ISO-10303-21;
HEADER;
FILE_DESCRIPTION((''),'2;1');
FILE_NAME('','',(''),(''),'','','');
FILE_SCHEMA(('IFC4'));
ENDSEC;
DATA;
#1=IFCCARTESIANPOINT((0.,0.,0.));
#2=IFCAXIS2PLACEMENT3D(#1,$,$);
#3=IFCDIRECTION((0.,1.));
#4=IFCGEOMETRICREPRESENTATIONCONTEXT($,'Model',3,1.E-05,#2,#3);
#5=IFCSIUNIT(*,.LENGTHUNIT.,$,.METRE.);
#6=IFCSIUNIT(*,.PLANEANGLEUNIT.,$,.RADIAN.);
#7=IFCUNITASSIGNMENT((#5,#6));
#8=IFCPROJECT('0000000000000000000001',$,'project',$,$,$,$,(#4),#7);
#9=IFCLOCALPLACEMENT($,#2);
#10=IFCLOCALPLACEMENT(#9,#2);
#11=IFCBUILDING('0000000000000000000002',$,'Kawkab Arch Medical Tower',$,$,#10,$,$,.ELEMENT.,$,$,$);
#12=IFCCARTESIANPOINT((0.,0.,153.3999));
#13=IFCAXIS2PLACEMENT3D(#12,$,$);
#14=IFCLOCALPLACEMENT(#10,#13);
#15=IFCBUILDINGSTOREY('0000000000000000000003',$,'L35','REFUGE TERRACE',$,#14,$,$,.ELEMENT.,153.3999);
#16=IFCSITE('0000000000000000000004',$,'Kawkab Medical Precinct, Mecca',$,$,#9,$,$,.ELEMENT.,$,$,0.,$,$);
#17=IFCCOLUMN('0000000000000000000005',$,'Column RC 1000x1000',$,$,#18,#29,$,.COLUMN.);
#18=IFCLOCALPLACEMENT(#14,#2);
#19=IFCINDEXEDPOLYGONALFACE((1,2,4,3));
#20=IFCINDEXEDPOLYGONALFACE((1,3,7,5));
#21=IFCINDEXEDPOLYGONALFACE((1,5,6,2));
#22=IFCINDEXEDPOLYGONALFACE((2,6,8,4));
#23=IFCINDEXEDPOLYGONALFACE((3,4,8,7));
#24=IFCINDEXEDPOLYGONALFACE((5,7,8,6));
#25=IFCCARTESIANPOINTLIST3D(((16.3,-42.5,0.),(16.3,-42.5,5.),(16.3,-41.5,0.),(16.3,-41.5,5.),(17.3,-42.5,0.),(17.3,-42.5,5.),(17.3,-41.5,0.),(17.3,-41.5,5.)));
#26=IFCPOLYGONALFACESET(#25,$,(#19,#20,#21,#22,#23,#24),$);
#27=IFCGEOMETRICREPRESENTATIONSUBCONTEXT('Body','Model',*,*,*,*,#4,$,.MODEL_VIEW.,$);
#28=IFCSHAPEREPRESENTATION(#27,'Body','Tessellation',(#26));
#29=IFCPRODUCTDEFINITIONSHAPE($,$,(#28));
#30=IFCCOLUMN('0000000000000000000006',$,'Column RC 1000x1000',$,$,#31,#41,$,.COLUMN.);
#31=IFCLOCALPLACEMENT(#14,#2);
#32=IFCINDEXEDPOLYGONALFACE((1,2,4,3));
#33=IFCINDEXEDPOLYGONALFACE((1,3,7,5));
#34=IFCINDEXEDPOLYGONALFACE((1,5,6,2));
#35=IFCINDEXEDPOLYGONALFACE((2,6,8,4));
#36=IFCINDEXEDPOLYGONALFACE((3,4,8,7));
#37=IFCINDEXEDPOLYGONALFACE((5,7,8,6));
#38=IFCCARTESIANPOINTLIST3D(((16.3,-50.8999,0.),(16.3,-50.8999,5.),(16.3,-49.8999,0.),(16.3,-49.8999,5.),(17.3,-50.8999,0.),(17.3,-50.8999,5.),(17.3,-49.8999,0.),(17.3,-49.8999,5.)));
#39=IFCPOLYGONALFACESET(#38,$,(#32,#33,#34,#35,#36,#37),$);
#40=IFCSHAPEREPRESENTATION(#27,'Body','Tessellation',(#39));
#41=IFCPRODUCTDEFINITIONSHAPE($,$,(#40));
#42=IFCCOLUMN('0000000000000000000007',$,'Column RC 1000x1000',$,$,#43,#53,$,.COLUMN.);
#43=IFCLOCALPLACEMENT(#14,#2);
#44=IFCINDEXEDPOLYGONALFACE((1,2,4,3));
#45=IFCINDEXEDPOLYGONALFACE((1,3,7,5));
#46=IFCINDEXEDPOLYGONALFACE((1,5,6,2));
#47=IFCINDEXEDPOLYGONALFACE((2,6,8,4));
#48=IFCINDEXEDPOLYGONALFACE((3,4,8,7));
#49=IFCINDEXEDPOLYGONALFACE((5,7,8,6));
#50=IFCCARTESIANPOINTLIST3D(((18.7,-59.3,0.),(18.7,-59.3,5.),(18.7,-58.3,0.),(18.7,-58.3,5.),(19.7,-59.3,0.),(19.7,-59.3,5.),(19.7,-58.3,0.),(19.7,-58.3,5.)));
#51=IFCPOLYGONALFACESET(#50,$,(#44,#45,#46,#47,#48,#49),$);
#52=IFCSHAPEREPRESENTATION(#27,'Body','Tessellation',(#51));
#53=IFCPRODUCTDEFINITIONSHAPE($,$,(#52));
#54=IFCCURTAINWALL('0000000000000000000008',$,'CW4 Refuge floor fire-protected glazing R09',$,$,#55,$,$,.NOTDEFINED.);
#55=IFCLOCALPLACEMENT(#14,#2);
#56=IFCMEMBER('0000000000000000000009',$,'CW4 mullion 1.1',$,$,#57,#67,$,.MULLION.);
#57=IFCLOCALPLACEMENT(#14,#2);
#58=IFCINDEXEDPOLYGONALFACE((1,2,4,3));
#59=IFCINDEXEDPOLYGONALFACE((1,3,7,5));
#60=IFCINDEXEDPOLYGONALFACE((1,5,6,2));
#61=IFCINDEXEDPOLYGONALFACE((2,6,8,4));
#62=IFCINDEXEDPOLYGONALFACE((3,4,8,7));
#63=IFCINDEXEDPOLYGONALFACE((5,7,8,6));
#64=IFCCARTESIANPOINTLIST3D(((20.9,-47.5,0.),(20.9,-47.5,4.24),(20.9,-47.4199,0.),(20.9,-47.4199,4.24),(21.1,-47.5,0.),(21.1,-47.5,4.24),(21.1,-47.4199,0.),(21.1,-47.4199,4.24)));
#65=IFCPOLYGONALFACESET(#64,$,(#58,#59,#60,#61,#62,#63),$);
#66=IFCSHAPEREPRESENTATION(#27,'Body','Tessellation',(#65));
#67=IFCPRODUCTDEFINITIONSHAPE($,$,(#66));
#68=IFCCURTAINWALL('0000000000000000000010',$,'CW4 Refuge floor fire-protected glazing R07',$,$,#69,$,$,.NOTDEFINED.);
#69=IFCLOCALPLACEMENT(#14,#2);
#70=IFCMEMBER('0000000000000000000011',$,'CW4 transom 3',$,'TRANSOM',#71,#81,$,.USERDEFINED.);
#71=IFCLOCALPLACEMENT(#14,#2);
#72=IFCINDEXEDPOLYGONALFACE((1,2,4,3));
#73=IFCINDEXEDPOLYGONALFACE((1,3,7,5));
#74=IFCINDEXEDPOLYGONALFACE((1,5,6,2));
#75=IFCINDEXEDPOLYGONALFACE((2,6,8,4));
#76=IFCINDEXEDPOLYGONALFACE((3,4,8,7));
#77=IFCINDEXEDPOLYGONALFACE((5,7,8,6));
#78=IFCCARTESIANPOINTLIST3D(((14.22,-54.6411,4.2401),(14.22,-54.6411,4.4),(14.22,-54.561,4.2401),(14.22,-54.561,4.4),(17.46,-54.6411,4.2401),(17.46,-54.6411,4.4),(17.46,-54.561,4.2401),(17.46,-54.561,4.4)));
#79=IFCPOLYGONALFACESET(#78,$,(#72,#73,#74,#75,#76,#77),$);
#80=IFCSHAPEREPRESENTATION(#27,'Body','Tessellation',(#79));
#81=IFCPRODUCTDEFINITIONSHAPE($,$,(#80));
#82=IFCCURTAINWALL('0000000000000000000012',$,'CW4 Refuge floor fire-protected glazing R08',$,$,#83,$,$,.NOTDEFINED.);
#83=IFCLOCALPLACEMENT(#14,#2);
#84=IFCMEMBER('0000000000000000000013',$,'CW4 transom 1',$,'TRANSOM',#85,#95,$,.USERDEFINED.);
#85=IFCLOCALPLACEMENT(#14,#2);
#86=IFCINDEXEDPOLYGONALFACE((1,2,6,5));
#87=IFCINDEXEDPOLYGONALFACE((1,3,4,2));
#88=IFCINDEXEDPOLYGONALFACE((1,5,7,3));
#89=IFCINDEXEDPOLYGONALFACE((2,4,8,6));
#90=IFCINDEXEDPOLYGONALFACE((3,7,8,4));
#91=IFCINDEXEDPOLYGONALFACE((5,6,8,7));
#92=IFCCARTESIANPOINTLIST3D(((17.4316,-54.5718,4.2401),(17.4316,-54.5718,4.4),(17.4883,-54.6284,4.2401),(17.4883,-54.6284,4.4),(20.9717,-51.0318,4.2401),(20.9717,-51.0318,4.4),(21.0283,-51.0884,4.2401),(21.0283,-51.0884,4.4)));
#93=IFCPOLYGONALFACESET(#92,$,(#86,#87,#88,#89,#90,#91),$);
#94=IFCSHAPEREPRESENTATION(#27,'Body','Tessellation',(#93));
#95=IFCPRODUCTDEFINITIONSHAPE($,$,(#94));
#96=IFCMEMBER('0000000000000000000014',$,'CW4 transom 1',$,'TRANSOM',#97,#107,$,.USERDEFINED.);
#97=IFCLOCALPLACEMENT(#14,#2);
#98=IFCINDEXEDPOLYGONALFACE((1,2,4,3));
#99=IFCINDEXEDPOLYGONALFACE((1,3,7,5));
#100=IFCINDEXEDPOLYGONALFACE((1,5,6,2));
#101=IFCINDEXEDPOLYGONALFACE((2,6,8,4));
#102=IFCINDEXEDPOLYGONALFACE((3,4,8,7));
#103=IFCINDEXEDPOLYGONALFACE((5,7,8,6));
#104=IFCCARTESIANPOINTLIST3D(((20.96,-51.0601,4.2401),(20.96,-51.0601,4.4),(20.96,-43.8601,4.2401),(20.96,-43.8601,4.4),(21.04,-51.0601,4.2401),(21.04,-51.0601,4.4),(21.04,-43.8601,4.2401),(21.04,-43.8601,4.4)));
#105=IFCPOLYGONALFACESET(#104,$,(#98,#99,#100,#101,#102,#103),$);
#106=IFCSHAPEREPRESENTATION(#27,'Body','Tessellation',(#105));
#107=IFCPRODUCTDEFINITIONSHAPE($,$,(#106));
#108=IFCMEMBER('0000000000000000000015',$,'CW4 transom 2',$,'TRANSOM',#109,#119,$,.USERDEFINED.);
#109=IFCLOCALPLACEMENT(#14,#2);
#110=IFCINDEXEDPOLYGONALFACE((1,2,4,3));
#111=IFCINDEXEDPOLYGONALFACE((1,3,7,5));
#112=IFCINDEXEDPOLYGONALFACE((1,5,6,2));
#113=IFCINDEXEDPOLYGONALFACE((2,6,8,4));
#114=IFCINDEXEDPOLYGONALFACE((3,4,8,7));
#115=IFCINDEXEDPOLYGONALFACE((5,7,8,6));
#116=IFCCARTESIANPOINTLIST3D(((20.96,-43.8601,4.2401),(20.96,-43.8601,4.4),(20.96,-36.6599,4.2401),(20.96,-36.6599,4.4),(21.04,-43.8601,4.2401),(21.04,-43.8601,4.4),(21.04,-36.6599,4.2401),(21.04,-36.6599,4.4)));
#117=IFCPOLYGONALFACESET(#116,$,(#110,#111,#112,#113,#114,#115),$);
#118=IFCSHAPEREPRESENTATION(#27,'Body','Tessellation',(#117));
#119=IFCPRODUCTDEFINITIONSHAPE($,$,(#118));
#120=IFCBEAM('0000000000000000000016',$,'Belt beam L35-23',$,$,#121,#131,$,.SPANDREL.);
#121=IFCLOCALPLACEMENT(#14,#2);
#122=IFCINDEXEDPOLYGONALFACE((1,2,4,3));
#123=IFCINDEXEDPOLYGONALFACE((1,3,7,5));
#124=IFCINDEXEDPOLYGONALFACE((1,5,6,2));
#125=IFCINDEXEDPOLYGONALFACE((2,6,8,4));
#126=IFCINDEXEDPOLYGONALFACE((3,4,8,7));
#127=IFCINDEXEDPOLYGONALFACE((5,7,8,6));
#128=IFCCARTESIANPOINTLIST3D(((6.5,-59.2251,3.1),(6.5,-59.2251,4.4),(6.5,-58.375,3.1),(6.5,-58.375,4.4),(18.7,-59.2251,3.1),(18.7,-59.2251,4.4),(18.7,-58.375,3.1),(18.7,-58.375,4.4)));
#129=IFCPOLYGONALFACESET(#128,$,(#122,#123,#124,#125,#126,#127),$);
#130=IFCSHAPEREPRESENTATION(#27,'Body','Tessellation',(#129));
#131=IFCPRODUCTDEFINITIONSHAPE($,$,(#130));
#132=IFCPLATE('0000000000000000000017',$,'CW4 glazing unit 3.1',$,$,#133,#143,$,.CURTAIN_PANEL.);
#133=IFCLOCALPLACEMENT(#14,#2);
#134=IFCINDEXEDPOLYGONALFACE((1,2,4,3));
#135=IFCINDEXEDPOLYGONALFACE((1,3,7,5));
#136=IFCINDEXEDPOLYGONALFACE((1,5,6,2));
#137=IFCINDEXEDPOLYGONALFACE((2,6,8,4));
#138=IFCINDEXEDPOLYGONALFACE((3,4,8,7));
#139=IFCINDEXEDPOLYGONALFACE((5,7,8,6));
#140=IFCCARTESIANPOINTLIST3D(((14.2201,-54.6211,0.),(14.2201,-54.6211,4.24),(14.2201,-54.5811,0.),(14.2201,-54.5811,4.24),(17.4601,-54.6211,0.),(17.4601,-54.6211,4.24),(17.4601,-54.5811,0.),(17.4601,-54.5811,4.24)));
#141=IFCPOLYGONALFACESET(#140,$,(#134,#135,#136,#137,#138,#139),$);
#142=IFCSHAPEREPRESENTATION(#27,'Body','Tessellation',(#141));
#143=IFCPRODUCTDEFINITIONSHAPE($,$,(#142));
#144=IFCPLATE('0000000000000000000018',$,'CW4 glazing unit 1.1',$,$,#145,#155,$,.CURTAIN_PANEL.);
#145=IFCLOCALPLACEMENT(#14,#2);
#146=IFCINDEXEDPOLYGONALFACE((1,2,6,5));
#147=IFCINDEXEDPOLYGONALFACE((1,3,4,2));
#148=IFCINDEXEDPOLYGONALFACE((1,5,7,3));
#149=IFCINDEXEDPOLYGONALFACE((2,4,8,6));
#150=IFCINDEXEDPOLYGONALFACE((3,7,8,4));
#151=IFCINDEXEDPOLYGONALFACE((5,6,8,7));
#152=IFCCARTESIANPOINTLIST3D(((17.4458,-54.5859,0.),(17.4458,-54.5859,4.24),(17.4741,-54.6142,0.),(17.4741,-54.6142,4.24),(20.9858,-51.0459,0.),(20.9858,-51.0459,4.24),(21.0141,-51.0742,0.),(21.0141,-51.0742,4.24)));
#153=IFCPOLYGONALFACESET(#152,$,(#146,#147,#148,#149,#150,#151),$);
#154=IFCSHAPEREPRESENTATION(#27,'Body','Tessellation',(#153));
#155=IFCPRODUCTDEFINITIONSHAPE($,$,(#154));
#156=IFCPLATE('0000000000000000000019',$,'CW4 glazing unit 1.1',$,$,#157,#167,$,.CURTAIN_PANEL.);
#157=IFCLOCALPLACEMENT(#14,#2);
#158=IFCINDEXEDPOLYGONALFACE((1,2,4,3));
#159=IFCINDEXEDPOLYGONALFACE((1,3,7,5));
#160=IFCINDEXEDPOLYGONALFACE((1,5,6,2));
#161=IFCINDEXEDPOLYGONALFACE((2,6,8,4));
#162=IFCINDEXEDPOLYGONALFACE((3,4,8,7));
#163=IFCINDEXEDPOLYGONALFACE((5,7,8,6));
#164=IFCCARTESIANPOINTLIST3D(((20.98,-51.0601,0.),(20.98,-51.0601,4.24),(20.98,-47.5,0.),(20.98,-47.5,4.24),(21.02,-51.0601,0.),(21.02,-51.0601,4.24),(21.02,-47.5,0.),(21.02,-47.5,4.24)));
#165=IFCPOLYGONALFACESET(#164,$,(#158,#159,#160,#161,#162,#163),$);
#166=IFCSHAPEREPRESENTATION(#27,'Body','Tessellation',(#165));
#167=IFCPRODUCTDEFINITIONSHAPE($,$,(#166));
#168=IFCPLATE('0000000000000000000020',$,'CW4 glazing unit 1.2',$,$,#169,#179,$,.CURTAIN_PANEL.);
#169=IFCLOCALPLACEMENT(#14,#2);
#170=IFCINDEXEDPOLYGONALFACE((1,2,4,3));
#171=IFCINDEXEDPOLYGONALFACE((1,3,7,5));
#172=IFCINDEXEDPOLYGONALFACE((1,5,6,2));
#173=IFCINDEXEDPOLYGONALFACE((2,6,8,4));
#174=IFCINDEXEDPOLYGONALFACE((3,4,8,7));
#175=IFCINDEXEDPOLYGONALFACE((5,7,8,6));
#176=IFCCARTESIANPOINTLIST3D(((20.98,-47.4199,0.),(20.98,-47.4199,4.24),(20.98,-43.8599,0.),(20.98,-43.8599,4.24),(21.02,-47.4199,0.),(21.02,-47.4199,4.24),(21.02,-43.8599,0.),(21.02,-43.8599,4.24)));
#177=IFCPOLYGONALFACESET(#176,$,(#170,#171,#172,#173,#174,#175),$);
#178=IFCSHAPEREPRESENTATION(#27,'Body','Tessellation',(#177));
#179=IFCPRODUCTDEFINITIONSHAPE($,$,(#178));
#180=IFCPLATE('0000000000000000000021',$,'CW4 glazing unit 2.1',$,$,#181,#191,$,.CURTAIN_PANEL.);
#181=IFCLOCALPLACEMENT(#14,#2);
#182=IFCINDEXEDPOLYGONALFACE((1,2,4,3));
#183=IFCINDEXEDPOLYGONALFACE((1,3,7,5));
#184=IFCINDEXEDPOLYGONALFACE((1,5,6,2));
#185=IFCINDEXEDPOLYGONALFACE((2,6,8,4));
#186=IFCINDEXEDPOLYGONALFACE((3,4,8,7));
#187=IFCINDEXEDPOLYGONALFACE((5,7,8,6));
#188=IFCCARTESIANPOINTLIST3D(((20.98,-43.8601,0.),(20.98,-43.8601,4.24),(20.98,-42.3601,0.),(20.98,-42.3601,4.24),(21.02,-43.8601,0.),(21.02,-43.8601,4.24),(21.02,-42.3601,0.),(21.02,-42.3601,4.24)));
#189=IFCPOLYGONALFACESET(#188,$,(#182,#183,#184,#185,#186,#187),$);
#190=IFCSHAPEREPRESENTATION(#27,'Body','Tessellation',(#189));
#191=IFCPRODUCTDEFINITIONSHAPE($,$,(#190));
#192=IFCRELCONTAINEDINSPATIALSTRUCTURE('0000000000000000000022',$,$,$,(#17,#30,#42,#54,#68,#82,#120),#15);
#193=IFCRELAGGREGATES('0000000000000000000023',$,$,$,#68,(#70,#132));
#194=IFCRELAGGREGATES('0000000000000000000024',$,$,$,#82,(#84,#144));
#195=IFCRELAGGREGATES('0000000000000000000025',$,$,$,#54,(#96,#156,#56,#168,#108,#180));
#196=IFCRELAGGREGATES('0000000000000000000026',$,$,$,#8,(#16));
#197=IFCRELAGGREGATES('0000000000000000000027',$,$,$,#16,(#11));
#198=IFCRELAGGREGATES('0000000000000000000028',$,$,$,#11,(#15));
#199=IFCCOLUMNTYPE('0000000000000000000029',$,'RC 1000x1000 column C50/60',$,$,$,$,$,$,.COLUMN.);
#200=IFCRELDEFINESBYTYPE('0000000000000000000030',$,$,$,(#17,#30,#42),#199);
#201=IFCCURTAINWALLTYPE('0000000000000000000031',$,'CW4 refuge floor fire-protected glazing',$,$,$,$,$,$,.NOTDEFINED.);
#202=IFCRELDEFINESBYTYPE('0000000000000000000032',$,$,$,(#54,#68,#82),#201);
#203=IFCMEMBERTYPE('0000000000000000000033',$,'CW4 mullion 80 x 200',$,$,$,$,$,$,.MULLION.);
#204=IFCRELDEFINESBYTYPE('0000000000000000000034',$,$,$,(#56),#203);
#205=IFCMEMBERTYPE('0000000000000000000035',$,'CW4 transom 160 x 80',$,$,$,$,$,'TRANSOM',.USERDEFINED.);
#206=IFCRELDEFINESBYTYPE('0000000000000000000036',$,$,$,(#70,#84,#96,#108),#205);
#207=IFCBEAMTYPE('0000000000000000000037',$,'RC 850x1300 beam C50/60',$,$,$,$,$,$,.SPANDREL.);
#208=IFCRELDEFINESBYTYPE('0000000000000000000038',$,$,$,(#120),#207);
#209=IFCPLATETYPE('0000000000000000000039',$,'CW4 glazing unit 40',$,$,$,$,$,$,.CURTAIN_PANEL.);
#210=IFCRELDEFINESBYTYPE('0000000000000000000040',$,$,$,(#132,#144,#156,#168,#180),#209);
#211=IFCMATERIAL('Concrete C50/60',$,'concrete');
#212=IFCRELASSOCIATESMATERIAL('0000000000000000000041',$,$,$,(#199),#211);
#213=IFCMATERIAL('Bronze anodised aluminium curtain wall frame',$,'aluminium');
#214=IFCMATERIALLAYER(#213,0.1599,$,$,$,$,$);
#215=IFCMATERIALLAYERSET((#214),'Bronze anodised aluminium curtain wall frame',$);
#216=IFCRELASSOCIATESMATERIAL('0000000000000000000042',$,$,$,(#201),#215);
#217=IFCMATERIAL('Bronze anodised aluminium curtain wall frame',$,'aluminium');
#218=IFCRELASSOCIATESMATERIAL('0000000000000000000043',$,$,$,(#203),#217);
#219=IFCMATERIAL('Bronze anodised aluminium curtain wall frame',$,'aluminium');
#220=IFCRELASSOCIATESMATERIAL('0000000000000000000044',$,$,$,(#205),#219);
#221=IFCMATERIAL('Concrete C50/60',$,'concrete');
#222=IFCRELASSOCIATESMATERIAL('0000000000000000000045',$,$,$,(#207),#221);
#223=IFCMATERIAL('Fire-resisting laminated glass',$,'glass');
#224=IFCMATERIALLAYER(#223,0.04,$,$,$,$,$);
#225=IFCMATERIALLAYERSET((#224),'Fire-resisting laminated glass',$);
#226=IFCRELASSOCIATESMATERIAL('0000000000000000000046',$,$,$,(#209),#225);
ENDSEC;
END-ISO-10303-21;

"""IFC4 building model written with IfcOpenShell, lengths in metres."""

from ifc_helpers import new_model, si_unit, direction, frame, origin, origin_2d, place, context, subcontext, project, spatial, rectangle, extrude, material, layer, layer_set, material_profile, profile_set, type_object, element, aggregate, save


model = new_model("IFC4")

# Units and contexts
model_context = context("Model", 3, precision=1e-05, world=origin(), true_north=direction((0.0, 1.0)))
body_context = subcontext(model_context, "Body", "Model", "MODEL_VIEW")
ifc_project = project(units=[si_unit("LENGTHUNIT", "METRE"), si_unit("PLANEANGLEUNIT", "RADIAN")], contexts=[model_context])

# Site, building, storey
site_placement = place(None, origin())
site = spatial("IfcSite", under=ifc_project, at=site_placement, Name="Kawkab Medical Precinct, Mecca", CompositionType="ELEMENT", RefElevation=0.0)
building_placement = place(site_placement, origin())
building = spatial("IfcBuilding", under=site, at=building_placement, Name="Kawkab Arch Medical Tower", CompositionType="ELEMENT")
storey_placement = place(building_placement, frame((0.0, 0.0, 153.3999)))
storey = spatial("IfcBuildingStorey", under=building, at=storey_placement, Name="L35", Description="REFUGE TERRACE", CompositionType="ELEMENT", Elevation=153.3999)

# Columns
ifc_material_1 = material(Name="Concrete C50/60", Category="concrete")
ifc_material_profile_1 = material_profile(ifc_material_1, rectangle(XDim=1.0, YDim=1.0, at=origin_2d()), Name="RC 1000x1000")
ifc_profile_set_1 = profile_set([ifc_material_profile_1], Name="Concrete C50/60")
column_type = type_object("IfcColumnType", Name="RC 1000x1000 column C50/60", PredefinedType="COLUMN", material=ifc_profile_set_1)
for number, where, z_axis, x_axis, name in (
    (1, (16.8, -42.0, 0.0), (0.0, 0.0, 1.0), (1.0, 0.0, 0.0), "Column RC 1000x1000"),
    (2, (16.8, -50.3999, 0.0), (0.0, 0.0, 1.0), (1.0, 0.0, 0.0), "Column RC 1000x1000"),
    (3, (19.2, -58.8, 0.0), (0.0, 0.0, 1.0), (1.0, 0.0, 0.0), "Column RC 1000x1000"),
):
    element("IfcColumn", number, at=place(storey_placement, frame(where, z_axis=z_axis, x_axis=x_axis)), inside=storey, type_object=column_type, Name=name, PredefinedType="COLUMN", context=body_context, shape_type="SweptSolid", body=[
        extrude(rectangle(XDim=1.0, YDim=1.0, at=origin_2d()), origin(), (0.0, 0.0, 1.0), 5.0),
    ])

# Curtain walls, members
ifc_material_2 = material(Name="Bronze anodised aluminium curtain wall frame", Category="aluminium")
ifc_layer_1 = layer(ifc_material_2, 0.1599)
ifc_layer_set_1 = layer_set([ifc_layer_1], Name="Bronze anodised aluminium curtain wall frame")
curtain_wall_type = type_object("IfcCurtainWallType", Name="CW4 refuge floor fire-protected glazing", PredefinedType="NOTDEFINED", material=ifc_layer_set_1)
placement = place(storey_placement, origin())
curtain_wall_1 = element("IfcCurtainWall", 4, at=placement, inside=storey, type_object=curtain_wall_type, Name="CW4 Refuge floor fire-protected glazing R09", PredefinedType="NOTDEFINED")
ifc_material_3 = material(Name="Bronze anodised aluminium curtain wall frame", Category="aluminium")
ifc_material_profile_2 = material_profile(ifc_material_3, rectangle(XDim=0.2, YDim=0.0801, at=origin_2d()), Name="AL 80x200")
ifc_profile_set_2 = profile_set([ifc_material_profile_2], Name="Bronze anodised aluminium curtain wall frame")
member_type_1 = type_object("IfcMemberType", Name="CW4 mullion 80 x 200", PredefinedType="MULLION", material=ifc_profile_set_2)
member_1_placement = place(storey_placement, frame((21.0, -47.46, 0.0), z_axis=(0.0, 0.0, 1.0), x_axis=(-1.0, 0.0, 0.0)))
member_1 = element("IfcMember", 5, at=member_1_placement, type_object=member_type_1, Name="CW4 mullion 1.1", PredefinedType="MULLION", context=body_context, shape_type="SweptSolid", body=[
    extrude(rectangle(XDim=0.2, YDim=0.0801, at=origin_2d()), origin(), (0.0, 0.0, 1.0), 4.24),
])
curtain_wall_2 = element("IfcCurtainWall", 6, at=placement, inside=storey, type_object=curtain_wall_type, Name="CW4 Refuge floor fire-protected glazing R07", PredefinedType="NOTDEFINED")
ifc_material_4 = material(Name="Bronze anodised aluminium curtain wall frame", Category="aluminium")
ifc_material_profile_3 = material_profile(ifc_material_4, rectangle(XDim=0.0801, YDim=0.1599, at=origin_2d()), Name="AL 80x160")
ifc_profile_set_3 = profile_set([ifc_material_profile_3], Name="Bronze anodised aluminium curtain wall frame")
member_type_2 = type_object("IfcMemberType", Name="CW4 transom 160 x 80", ElementType="TRANSOM", PredefinedType="USERDEFINED", material=ifc_profile_set_3)
member_2_placement = place(storey_placement, frame((14.22, -54.6011, 4.3201), z_axis=(1.0, 0.0, 0.0), x_axis=(0.0, 1.0, 0.0)))
member_2 = element("IfcMember", 7, at=member_2_placement, type_object=member_type_2, Name="CW4 transom 3", ObjectType="TRANSOM", PredefinedType="USERDEFINED", context=body_context, shape_type="SweptSolid", body=[
    extrude(rectangle(XDim=0.0801, YDim=0.1599, at=origin_2d()), origin(), (0.0, 0.0, 1.0), 3.24),
])
curtain_wall_3 = element("IfcCurtainWall", 8, at=placement, inside=storey, type_object=curtain_wall_type, Name="CW4 Refuge floor fire-protected glazing R08", PredefinedType="NOTDEFINED")
member_3_placement = place(storey_placement, frame((17.46, -54.6001, 4.3201), z_axis=(0.707107, 0.707107, 0.0), x_axis=(-0.707107, 0.707107, 0.0)))
member_3 = element("IfcMember", 9, at=member_3_placement, type_object=member_type_2, Name="CW4 transom 1", ObjectType="TRANSOM", PredefinedType="USERDEFINED", context=body_context, shape_type="SweptSolid", body=[
    extrude(rectangle(XDim=0.0801, YDim=0.1599, at=origin_2d()), origin(), (0.0, 0.0, 1.0), 5.0063),
])

# Members
member_4_placement = place(storey_placement, frame((21.0, -51.0601, 4.3201), z_axis=(0.0, 1.0, 0.0), x_axis=(-1.0, 0.0, 0.0)))
member_4 = element("IfcMember", 10, at=member_4_placement, type_object=member_type_2, Name="CW4 transom 1", ObjectType="TRANSOM", PredefinedType="USERDEFINED", context=body_context, shape_type="SweptSolid", body=[
    extrude(rectangle(XDim=0.0801, YDim=0.1599, at=origin_2d()), origin(), (0.0, 0.0, 1.0), 7.2),
])
member_5_placement = place(storey_placement, frame((21.0, -43.8601, 4.3201), z_axis=(0.0, 1.0, 0.0), x_axis=(-1.0, 0.0, 0.0)))
member_5 = element("IfcMember", 11, at=member_5_placement, type_object=member_type_2, Name="CW4 transom 2", ObjectType="TRANSOM", PredefinedType="USERDEFINED", context=body_context, shape_type="SweptSolid", body=[
    extrude(rectangle(XDim=0.0801, YDim=0.1599, at=origin_2d()), origin(), (0.0, 0.0, 1.0), 7.2002),
])

# Beam
ifc_material_5 = material(Name="Concrete C50/60", Category="concrete")
ifc_material_profile_4 = material_profile(ifc_material_5, rectangle(XDim=0.8501, YDim=1.3, at=origin_2d()), Name="RC 850x1300")
ifc_profile_set_4 = profile_set([ifc_material_profile_4], Name="Concrete C50/60")
beam_type = type_object("IfcBeamType", Name="RC 850x1300 beam C50/60", PredefinedType="SPANDREL", material=ifc_profile_set_4)
beam_placement = place(storey_placement, frame((18.7, -58.8, 3.75), z_axis=(-1.0, 0.0, 0.0), x_axis=(0.0, -1.0, 0.0)))
element("IfcBeam", 12, at=beam_placement, inside=storey, type_object=beam_type, Name="Belt beam L35-23", PredefinedType="SPANDREL", context=body_context, shape_type="SweptSolid", body=[
    extrude(rectangle(XDim=0.8501, YDim=1.3, at=origin_2d()), origin(), (0.0, 0.0, 1.0), 12.2),
])

# Plates
ifc_material_6 = material(Name="Fire-resisting laminated glass", Category="glass")
ifc_layer_2 = layer(ifc_material_6, 0.04)
ifc_layer_set_2 = layer_set([ifc_layer_2], Name="Fire-resisting laminated glass")
plate_type = type_object("IfcPlateType", Name="CW4 glazing unit 40", PredefinedType="CURTAIN_PANEL", material=ifc_layer_set_2)
plate_1_placement = place(storey_placement, frame((15.8401, -54.6011, 0.0), z_axis=(0.0, 0.0, 1.0), x_axis=(1.0, 0.0, 0.0)))
plate_1 = element("IfcPlate", 13, at=plate_1_placement, type_object=plate_type, Name="CW4 glazing unit 3.1", PredefinedType="CURTAIN_PANEL", context=body_context, shape_type="SweptSolid", body=[
    extrude(rectangle(XDim=3.24, YDim=0.04, at=origin_2d()), origin(), (0.0, 0.0, 1.0), 4.24),
])
aggregate(curtain_wall_2, [member_2, plate_1])
plate_2_placement = place(storey_placement, frame((19.23, -52.8301, 0.0), z_axis=(0.0, 0.0, 1.0), x_axis=(0.707107, 0.707107, 0.0)))
plate_2 = element("IfcPlate", 14, at=plate_2_placement, type_object=plate_type, Name="CW4 glazing unit 1.1", PredefinedType="CURTAIN_PANEL", context=body_context, shape_type="SweptSolid", body=[
    extrude(rectangle(XDim=5.0063, YDim=0.04, at=origin_2d()), origin(), (0.0, 0.0, 1.0), 4.24),
])
aggregate(curtain_wall_3, [member_3, plate_2])
plate_3_placement = place(storey_placement, frame((21.0, -49.28, 0.0), z_axis=(0.0, 0.0, 1.0), x_axis=(0.0, 1.0, 0.0)))
plate_3 = element("IfcPlate", 15, at=plate_3_placement, type_object=plate_type, Name="CW4 glazing unit 1.1", PredefinedType="CURTAIN_PANEL", context=body_context, shape_type="SweptSolid", body=[
    extrude(rectangle(XDim=3.5601, YDim=0.04, at=origin_2d()), origin(), (0.0, 0.0, 1.0), 4.24),
])
plate_4_placement = place(storey_placement, frame((21.0, -45.6399, 0.0), z_axis=(0.0, 0.0, 1.0), x_axis=(0.0, 1.0, 0.0)))
plate_4 = element("IfcPlate", 16, at=plate_4_placement, type_object=plate_type, Name="CW4 glazing unit 1.2", PredefinedType="CURTAIN_PANEL", context=body_context, shape_type="SweptSolid", body=[
    extrude(rectangle(XDim=3.5601, YDim=0.04, at=origin_2d()), origin(), (0.0, 0.0, 1.0), 4.24),
])
plate_5_placement = place(storey_placement, frame((21.0, -43.1101, 0.0), z_axis=(0.0, 0.0, 1.0), x_axis=(0.0, 1.0, 0.0)))
plate_5 = element("IfcPlate", 17, at=plate_5_placement, type_object=plate_type, Name="CW4 glazing unit 2.1", PredefinedType="CURTAIN_PANEL", context=body_context, shape_type="SweptSolid", body=[
    extrude(rectangle(XDim=1.5, YDim=0.04, at=origin_2d()), origin(), (0.0, 0.0, 1.0), 4.24),
])
aggregate(curtain_wall_1, [member_4, plate_3, member_1, plate_4, member_5, plate_5])

save(model, "model.ifc")
